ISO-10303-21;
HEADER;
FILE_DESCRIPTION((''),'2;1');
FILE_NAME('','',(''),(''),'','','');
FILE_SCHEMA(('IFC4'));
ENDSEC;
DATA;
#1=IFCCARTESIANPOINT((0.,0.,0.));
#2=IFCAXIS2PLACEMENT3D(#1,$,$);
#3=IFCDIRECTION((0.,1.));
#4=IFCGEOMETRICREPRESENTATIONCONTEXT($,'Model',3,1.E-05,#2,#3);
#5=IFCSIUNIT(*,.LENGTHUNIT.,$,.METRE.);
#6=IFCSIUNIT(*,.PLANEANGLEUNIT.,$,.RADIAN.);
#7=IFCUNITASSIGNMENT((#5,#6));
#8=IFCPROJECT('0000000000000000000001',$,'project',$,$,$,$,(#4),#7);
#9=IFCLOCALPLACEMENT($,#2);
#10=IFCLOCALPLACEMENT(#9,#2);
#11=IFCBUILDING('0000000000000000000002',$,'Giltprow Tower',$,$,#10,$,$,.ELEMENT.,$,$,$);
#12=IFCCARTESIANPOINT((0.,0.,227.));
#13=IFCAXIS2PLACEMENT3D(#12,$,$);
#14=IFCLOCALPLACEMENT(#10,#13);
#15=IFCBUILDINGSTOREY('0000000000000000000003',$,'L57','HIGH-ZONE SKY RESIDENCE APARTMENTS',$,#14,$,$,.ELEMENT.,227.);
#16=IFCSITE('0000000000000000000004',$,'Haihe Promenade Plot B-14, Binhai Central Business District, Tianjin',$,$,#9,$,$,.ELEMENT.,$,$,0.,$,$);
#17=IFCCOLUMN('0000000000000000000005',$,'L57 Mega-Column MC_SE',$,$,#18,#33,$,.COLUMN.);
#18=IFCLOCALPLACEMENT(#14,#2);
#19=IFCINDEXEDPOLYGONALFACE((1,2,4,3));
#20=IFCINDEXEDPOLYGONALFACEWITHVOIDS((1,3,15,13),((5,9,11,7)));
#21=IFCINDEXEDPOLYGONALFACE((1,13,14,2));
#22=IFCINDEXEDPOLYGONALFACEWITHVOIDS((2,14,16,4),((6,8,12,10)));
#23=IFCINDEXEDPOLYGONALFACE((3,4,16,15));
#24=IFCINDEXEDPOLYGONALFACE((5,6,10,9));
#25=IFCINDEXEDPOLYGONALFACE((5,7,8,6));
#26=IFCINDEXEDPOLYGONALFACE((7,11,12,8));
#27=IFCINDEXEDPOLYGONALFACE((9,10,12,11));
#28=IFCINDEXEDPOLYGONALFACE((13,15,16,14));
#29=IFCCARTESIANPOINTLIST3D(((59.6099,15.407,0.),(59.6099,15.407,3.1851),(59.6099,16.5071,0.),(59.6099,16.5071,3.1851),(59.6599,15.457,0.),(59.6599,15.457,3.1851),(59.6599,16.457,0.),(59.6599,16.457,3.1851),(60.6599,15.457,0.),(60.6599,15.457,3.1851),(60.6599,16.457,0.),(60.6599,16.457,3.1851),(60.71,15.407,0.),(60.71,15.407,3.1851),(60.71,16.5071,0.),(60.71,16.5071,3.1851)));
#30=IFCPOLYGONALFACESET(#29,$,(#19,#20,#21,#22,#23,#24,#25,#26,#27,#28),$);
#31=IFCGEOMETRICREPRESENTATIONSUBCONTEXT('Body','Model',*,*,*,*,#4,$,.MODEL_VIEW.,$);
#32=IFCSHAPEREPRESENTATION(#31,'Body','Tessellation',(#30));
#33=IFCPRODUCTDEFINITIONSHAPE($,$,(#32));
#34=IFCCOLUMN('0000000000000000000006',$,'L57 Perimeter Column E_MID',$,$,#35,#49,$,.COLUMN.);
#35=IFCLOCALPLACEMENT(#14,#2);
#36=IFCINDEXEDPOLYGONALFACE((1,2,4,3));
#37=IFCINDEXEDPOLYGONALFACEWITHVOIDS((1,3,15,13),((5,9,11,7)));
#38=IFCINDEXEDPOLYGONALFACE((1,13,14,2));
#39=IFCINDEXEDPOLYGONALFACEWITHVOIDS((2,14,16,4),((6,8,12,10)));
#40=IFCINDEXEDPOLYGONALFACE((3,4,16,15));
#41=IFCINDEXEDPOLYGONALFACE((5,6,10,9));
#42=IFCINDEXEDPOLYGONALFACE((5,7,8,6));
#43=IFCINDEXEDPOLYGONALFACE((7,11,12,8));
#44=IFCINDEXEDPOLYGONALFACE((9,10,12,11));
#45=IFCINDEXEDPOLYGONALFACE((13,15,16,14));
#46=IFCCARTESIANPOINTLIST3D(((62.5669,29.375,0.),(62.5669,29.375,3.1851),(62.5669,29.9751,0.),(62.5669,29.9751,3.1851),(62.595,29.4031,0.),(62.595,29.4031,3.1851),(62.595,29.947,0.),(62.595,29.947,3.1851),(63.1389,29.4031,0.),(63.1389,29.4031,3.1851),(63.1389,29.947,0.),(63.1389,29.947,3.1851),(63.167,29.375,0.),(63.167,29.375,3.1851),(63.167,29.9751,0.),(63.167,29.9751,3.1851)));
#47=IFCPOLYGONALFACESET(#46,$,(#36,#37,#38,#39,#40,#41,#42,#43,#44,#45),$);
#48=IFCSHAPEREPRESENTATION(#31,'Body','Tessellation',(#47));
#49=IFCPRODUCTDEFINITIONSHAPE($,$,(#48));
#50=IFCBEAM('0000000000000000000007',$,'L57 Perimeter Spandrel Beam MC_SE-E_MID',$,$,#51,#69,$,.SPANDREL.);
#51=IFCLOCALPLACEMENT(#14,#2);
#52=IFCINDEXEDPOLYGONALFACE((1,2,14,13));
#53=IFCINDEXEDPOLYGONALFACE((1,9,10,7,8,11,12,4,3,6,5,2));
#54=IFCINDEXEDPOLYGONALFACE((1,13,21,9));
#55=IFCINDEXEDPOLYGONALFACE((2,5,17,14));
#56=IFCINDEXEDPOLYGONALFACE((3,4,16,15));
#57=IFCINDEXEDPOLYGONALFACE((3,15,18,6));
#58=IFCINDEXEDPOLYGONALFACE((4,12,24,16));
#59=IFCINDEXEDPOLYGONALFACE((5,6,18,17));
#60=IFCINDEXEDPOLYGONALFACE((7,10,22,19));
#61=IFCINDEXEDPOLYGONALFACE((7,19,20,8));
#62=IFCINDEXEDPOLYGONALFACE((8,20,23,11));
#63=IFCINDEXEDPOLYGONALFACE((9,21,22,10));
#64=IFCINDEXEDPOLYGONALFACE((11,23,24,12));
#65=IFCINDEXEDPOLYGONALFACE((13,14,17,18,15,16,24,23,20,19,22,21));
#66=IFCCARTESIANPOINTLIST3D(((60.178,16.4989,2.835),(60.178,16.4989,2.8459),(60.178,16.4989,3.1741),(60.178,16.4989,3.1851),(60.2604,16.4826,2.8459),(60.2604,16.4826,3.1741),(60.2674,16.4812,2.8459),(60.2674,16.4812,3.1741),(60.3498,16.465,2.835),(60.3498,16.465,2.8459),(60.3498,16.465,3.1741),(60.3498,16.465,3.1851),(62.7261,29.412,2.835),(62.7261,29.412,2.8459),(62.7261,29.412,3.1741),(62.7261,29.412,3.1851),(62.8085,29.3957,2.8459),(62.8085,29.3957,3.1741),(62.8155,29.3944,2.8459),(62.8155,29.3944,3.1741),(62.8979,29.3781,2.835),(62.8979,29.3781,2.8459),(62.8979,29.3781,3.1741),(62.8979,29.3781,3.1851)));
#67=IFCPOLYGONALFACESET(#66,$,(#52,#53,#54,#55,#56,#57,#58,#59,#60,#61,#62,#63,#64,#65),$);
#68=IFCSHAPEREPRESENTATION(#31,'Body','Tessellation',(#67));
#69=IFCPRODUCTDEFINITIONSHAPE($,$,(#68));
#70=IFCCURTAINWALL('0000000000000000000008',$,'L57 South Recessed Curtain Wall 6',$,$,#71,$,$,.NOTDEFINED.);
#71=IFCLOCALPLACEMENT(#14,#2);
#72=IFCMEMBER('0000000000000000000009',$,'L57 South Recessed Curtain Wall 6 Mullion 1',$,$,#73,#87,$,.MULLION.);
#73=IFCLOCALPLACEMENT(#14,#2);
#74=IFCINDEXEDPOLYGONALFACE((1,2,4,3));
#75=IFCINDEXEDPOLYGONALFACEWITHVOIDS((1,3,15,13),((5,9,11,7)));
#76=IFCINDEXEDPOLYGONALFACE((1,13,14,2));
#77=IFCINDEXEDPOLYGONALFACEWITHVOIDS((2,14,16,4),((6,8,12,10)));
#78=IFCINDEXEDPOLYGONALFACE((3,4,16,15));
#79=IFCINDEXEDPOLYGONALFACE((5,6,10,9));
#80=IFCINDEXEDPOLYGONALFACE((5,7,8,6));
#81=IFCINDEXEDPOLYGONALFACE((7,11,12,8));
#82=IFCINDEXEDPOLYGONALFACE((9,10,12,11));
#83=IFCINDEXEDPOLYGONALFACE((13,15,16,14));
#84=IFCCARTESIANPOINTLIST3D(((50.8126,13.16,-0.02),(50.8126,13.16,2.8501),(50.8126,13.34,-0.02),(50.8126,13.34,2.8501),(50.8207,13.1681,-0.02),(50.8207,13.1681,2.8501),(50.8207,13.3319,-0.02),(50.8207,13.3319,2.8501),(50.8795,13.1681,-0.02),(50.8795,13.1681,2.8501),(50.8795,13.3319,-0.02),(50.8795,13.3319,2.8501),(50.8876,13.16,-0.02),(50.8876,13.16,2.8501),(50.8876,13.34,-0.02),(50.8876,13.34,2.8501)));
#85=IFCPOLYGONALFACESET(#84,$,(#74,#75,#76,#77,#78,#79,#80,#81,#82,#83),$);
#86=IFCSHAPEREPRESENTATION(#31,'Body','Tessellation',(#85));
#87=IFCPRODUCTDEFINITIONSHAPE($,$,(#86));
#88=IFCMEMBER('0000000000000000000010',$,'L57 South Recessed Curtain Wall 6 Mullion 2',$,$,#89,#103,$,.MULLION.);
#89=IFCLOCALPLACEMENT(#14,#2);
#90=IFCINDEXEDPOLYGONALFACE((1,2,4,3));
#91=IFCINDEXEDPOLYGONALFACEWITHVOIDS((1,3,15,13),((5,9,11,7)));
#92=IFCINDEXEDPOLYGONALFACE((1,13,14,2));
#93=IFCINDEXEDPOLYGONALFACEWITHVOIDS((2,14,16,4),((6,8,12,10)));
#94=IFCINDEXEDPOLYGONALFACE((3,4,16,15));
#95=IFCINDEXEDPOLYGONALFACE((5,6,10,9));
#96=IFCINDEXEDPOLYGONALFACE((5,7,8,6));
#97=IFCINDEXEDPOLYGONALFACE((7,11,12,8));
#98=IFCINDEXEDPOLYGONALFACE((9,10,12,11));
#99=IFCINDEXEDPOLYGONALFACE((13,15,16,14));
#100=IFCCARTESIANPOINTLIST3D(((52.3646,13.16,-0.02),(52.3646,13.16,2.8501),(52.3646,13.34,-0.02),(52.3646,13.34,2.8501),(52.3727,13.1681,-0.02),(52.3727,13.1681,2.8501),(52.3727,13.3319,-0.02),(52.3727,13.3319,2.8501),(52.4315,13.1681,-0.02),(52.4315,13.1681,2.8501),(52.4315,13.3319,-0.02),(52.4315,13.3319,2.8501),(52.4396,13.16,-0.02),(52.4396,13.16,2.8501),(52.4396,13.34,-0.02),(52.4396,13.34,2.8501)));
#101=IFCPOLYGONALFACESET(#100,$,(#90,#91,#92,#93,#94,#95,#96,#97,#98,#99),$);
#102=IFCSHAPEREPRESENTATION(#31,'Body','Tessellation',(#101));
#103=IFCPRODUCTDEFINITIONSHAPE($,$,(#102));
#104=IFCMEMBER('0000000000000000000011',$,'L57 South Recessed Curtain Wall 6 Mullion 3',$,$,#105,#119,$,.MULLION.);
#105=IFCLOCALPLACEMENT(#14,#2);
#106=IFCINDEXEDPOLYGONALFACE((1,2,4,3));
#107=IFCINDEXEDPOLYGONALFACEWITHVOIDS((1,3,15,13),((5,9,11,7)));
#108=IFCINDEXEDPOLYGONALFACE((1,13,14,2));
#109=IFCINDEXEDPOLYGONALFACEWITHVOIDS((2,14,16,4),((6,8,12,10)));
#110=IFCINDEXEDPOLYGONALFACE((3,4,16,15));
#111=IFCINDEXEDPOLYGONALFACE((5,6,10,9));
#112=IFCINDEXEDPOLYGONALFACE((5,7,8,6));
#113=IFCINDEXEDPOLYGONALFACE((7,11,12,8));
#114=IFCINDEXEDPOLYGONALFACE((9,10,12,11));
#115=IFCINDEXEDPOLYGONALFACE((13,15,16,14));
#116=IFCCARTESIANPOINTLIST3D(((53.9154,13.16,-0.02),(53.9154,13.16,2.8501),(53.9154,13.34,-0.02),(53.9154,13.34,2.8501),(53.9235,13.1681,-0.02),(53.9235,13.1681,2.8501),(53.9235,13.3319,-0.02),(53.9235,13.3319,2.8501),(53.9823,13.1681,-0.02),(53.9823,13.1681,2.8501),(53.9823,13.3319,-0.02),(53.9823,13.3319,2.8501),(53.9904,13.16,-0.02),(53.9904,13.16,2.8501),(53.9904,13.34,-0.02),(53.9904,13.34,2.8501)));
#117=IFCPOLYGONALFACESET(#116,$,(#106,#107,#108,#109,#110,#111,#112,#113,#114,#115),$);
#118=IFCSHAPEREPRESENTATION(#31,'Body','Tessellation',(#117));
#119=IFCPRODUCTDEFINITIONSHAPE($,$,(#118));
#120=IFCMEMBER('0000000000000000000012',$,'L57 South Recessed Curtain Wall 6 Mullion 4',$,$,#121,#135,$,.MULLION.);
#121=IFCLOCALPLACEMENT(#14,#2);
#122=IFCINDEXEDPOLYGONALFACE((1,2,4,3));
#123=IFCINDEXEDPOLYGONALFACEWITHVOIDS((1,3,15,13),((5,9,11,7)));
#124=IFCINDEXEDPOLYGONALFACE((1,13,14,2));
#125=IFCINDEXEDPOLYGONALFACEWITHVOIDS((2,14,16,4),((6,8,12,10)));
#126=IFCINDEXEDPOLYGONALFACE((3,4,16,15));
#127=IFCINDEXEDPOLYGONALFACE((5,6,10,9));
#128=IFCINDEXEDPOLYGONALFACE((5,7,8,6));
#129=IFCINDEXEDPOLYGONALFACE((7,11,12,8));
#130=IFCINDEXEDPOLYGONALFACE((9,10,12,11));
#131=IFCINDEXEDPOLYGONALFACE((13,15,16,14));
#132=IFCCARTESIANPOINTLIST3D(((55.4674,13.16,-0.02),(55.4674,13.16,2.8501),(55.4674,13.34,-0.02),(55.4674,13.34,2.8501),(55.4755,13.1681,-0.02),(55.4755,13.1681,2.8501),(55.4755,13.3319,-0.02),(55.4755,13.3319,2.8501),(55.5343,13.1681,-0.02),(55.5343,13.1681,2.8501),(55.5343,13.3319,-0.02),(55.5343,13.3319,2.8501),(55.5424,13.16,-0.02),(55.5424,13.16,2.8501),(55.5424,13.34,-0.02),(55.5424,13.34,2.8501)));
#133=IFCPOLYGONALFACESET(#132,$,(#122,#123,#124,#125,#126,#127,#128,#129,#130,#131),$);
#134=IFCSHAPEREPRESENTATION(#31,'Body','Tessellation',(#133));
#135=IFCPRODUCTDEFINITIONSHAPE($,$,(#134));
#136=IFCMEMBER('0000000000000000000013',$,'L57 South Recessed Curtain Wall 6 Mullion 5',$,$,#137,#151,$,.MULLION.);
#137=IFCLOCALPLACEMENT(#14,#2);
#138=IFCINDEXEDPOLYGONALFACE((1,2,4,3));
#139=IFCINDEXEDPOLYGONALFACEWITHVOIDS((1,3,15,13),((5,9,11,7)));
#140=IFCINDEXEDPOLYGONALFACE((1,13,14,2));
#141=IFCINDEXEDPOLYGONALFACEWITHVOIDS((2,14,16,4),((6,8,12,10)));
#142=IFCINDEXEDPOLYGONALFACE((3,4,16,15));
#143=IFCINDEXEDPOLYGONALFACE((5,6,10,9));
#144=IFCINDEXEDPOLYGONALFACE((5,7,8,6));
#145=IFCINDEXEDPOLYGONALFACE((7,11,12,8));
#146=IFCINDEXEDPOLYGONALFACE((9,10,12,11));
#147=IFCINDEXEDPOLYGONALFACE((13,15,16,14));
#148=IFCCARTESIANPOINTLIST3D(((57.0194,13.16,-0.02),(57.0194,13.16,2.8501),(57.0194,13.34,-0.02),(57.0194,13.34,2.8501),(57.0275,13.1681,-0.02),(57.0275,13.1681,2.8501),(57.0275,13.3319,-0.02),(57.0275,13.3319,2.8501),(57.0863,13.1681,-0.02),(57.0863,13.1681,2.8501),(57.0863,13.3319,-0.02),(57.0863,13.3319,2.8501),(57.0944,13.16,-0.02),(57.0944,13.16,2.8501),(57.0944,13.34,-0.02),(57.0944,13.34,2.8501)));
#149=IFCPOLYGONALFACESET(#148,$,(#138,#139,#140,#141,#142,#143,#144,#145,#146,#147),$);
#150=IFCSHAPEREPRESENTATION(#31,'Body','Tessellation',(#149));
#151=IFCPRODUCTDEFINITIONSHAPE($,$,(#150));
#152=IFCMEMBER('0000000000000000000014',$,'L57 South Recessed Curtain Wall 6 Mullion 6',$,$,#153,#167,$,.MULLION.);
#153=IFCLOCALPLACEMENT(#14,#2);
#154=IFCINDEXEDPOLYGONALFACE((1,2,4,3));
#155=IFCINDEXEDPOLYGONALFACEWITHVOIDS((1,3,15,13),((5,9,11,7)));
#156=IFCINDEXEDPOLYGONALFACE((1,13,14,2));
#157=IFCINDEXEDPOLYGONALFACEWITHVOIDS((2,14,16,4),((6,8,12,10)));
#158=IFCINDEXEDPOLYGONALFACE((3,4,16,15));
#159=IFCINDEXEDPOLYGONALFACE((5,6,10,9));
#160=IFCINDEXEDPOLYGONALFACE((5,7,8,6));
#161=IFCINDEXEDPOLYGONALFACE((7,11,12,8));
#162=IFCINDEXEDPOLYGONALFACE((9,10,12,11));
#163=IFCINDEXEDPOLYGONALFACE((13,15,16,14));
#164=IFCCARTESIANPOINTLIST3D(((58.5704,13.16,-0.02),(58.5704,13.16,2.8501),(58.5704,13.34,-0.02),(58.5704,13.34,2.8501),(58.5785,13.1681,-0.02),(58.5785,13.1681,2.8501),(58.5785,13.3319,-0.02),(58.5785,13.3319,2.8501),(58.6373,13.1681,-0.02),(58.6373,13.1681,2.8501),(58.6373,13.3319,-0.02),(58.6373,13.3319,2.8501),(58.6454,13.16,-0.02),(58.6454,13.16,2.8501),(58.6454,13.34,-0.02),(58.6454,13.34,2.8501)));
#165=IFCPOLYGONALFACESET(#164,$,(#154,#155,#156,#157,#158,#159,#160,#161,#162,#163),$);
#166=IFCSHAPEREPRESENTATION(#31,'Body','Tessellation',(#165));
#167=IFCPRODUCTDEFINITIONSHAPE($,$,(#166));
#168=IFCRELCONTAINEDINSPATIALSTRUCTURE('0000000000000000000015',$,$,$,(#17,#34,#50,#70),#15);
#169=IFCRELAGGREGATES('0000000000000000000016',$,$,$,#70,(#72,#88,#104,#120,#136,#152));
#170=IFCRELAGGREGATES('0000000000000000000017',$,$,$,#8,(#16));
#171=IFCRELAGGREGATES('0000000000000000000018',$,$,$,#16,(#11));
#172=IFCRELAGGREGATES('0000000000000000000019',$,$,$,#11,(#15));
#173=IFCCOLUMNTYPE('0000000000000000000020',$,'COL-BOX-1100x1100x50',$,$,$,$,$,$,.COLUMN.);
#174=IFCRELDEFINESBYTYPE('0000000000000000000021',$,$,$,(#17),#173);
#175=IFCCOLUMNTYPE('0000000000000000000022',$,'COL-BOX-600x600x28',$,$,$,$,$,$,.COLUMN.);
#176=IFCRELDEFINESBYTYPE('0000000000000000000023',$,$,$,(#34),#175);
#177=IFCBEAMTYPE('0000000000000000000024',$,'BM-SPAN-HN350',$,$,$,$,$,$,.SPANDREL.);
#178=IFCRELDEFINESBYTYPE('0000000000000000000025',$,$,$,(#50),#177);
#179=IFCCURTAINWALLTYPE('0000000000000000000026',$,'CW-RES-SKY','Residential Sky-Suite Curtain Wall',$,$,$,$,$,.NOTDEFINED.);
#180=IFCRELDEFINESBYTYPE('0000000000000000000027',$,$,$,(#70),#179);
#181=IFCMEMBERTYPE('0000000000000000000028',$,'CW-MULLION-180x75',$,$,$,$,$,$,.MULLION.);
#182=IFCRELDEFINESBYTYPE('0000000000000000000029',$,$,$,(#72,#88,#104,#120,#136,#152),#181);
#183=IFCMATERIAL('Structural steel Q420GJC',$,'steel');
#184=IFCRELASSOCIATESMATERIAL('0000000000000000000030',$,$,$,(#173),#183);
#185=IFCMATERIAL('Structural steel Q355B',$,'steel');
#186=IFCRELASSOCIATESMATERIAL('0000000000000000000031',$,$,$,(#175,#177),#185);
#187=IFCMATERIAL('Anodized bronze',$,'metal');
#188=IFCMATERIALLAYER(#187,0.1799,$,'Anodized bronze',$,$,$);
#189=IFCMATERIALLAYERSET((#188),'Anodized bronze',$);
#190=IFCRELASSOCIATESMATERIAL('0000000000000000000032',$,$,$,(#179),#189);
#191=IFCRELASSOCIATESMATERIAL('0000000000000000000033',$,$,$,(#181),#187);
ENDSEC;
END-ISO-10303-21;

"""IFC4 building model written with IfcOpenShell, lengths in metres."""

from ifc_helpers import new_model, si_unit, direction, frame, origin, origin_2d, place, context, subcontext, project, spatial, hollow_rectangle, i_section, extrude, source, transform, mapped, material, layer, layer_set, material_profile, profile_set, type_object, element, aggregate, save


model = new_model("IFC4")

# Units and contexts
model_context = context("Model", 3, precision=1e-05, world=origin(), true_north=direction((0.0, 1.0)))
body_context = subcontext(model_context, "Body", "Model", "MODEL_VIEW")
ifc_project = project(units=[si_unit("LENGTHUNIT", "METRE"), si_unit("PLANEANGLEUNIT", "RADIAN")], contexts=[model_context])

# Site, building, storey
site_placement = place(None, origin())
site = spatial("IfcSite", under=ifc_project, at=site_placement, Name="Haihe Promenade Plot B-14, Binhai Central Business District, Tianjin", CompositionType="ELEMENT", RefElevation=0.0)
building_placement = place(site_placement, origin())
building = spatial("IfcBuilding", under=site, at=building_placement, Name="Giltprow Tower", CompositionType="ELEMENT")
storey_placement = place(building_placement, frame((0.0, 0.0, 227.0)))
storey = spatial("IfcBuildingStorey", under=building, at=storey_placement, Name="L57", Description="HIGH-ZONE SKY RESIDENCE APARTMENTS", CompositionType="ELEMENT", Elevation=227.0)

# Columns
ifc_material_1 = material(Name="Structural steel Q420GJC", Category="steel")
ifc_material_profile_1 = material_profile(ifc_material_1, hollow_rectangle(XDim=1.1001, YDim=1.1001, WallThickness=0.05, at=origin_2d()), Name="BOX 1100x1100x50")
ifc_profile_set_1 = profile_set([ifc_material_profile_1], Name="Structural steel Q420GJC")
column_type_1 = type_object("IfcColumnType", Name="COL-BOX-1100x1100x50", PredefinedType="COLUMN", material=ifc_profile_set_1)
shared_shape_1 = source(origin(), body_context, "Body", "SweptSolid", [
    extrude(hollow_rectangle(XDim=1.1001, YDim=1.1001, WallThickness=0.05, at=origin_2d()), origin(), (0.0, 0.0, 1.0), 3.1851),
])
column_1_placement = place(storey_placement, frame((60.1599, 15.957, 0.0), z_axis=(0.0, 0.0, 1.0), x_axis=(1.0, 0.0, 0.0)))
element("IfcColumn", 1, at=column_1_placement, inside=storey, type_object=column_type_1, Name="L57 Mega-Column MC_SE", PredefinedType="COLUMN", context=body_context, shape_type="MappedRepresentation", body=[
    mapped(shared_shape_1, transform((0.0, 0.0, 0.0), x_axis=(1.0, 0.0, 0.0), y_axis=(0.0, 1.0, 0.0), z_axis=(0.0, 0.0, 1.0), scale=1.0)),
])
ifc_material_2 = material(Name="Structural steel Q355B", Category="steel")
ifc_material_profile_2 = material_profile(ifc_material_2, hollow_rectangle(XDim=0.6001, YDim=0.6001, WallThickness=0.0281, at=origin_2d()), Name="BOX 600x600x28")
ifc_profile_set_2 = profile_set([ifc_material_profile_2], Name="Structural steel Q355B")
column_type_2 = type_object("IfcColumnType", Name="COL-BOX-600x600x28", PredefinedType="COLUMN", material=ifc_profile_set_2)
shared_shape_2 = source(origin(), body_context, "Body", "SweptSolid", [
    extrude(hollow_rectangle(XDim=0.6001, YDim=0.6001, WallThickness=0.0281, at=origin_2d()), origin(), (0.0, 0.0, 1.0), 3.1851),
])
column_2_placement = place(storey_placement, frame((62.8669, 29.675, 0.0), z_axis=(0.0, 0.0, 1.0), x_axis=(1.0, 0.0, 0.0)))
element("IfcColumn", 2, at=column_2_placement, inside=storey, type_object=column_type_2, Name="L57 Perimeter Column E_MID", PredefinedType="COLUMN", context=body_context, shape_type="MappedRepresentation", body=[
    mapped(shared_shape_2, transform((0.0, 0.0, 0.0), x_axis=(1.0, 0.0, 0.0), y_axis=(0.0, 1.0, 0.0), z_axis=(0.0, 0.0, 1.0), scale=1.0)),
])

# Beam
ifc_material_profile_3 = material_profile(ifc_material_2, i_section(OverallWidth=0.175, OverallDepth=0.3501, WebThickness=0.0071, FlangeThickness=0.011, at=origin_2d()), Name="HN 350x175x7x11")
ifc_profile_set_3 = profile_set([ifc_material_profile_3], Name="Structural steel Q355B")
beam_type = type_object("IfcBeamType", Name="BM-SPAN-HN350", PredefinedType="SPANDREL", material=ifc_profile_set_3)
shared_shape_3 = source(origin(), body_context, "Body", "SweptSolid", [
    extrude(i_section(OverallWidth=0.175, OverallDepth=0.3501, WebThickness=0.0071, FlangeThickness=0.011, at=origin_2d()), origin(), (0.0, 0.0, 1.0), 13.1621),
])
beam_placement = place(storey_placement, frame((60.2639, 16.4819, 3.01), z_axis=(0.193594, 0.981082, 0.0), x_axis=(-0.981082, 0.193594, 0.0)))
element("IfcBeam", 3, at=beam_placement, inside=storey, type_object=beam_type, Name="L57 Perimeter Spandrel Beam MC_SE-E_MID", PredefinedType="SPANDREL", context=body_context, shape_type="MappedRepresentation", body=[
    mapped(shared_shape_3, transform((0.0, 0.0, 0.0), x_axis=(1.0, 0.0, 0.0), y_axis=(0.0, 1.0, 0.0), z_axis=(0.0, 0.0, 1.0), scale=1.0)),
])

# Curtain wall, members
ifc_material_3 = material(Name="Anodized bronze", Category="metal")
ifc_layer_1 = layer(ifc_material_3, 0.1799, Name="Anodized bronze")
ifc_layer_set_1 = layer_set([ifc_layer_1], Name="Anodized bronze")
curtain_wall_type = type_object("IfcCurtainWallType", Name="CW-RES-SKY", Description="Residential Sky-Suite Curtain Wall", PredefinedType="NOTDEFINED", material=ifc_layer_set_1)
curtain_wall_placement = place(storey_placement, origin())
curtain_wall = element("IfcCurtainWall", 4, at=curtain_wall_placement, inside=storey, type_object=curtain_wall_type, Name="L57 South Recessed Curtain Wall 6", PredefinedType="NOTDEFINED")
ifc_material_profile_4 = material_profile(ifc_material_3, hollow_rectangle(XDim=0.075, YDim=0.1799, WallThickness=0.0081, at=origin_2d()), Name="RHS 180x75x8")
ifc_profile_set_4 = profile_set([ifc_material_profile_4], Name="Anodized bronze")
member_type_1 = type_object("IfcMemberType", Name="CW-MULLION-180x75", PredefinedType="MULLION", material=ifc_profile_set_4)
shared_shape_4 = source(origin(), body_context, "Body", "SweptSolid", [
    extrude(hollow_rectangle(XDim=0.075, YDim=0.1799, WallThickness=0.0081, at=origin_2d()), origin(), (0.0, 0.0, 1.0), 2.8701),
])
member_1_placement = place(storey_placement, frame((50.8501, 13.25, -0.02), z_axis=(0.0, 0.0, 1.0), x_axis=(1.0, 0.0, 0.0)))
member_1 = element("IfcMember", 5, at=member_1_placement, type_object=member_type_1, Name="L57 South Recessed Curtain Wall 6 Mullion 1", PredefinedType="MULLION", context=body_context, shape_type="MappedRepresentation", body=[
    mapped(shared_shape_4, transform((0.0, 0.0, 0.0), x_axis=(1.0, 0.0, 0.0), y_axis=(0.0, 1.0, 0.0), z_axis=(0.0, 0.0, 1.0), scale=1.0)),
])
member_2_placement = place(storey_placement, frame((52.4021, 13.25, -0.02), z_axis=(0.0, 0.0, 1.0), x_axis=(1.0, 0.0, 0.0)))
member_2 = element("IfcMember", 6, at=member_2_placement, type_object=member_type_1, Name="L57 South Recessed Curtain Wall 6 Mullion 2", PredefinedType="MULLION", context=body_context, shape_type="MappedRepresentation", body=[
    mapped(shared_shape_4, transform((0.0, 0.0, 0.0), x_axis=(1.0, 0.0, 0.0), y_axis=(0.0, 1.0, 0.0), z_axis=(0.0, 0.0, 1.0), scale=1.0)),
])
member_3_placement = place(storey_placement, frame((53.9529, 13.25, -0.02), z_axis=(0.0, 0.0, 1.0), x_axis=(1.0, 0.0, 0.0)))
member_3 = element("IfcMember", 7, at=member_3_placement, type_object=member_type_1, Name="L57 South Recessed Curtain Wall 6 Mullion 3", PredefinedType="MULLION", context=body_context, shape_type="MappedRepresentation", body=[
    mapped(shared_shape_4, transform((0.0, 0.0, 0.0), x_axis=(1.0, 0.0, 0.0), y_axis=(0.0, 1.0, 0.0), z_axis=(0.0, 0.0, 1.0), scale=1.0)),
])
member_4_placement = place(storey_placement, frame((55.5049, 13.25, -0.02), z_axis=(0.0, 0.0, 1.0), x_axis=(1.0, 0.0, 0.0)))
member_4 = element("IfcMember", 8, at=member_4_placement, type_object=member_type_1, Name="L57 South Recessed Curtain Wall 6 Mullion 4", PredefinedType="MULLION", context=body_context, shape_type="MappedRepresentation", body=[
    mapped(shared_shape_4, transform((0.0, 0.0, 0.0), x_axis=(1.0, 0.0, 0.0), y_axis=(0.0, 1.0, 0.0), z_axis=(0.0, 0.0, 1.0), scale=1.0)),
])
member_5_placement = place(storey_placement, frame((57.0569, 13.25, -0.02), z_axis=(0.0, 0.0, 1.0), x_axis=(1.0, 0.0, 0.0)))
member_5 = element("IfcMember", 9, at=member_5_placement, type_object=member_type_1, Name="L57 South Recessed Curtain Wall 6 Mullion 5", PredefinedType="MULLION", context=body_context, shape_type="MappedRepresentation", body=[
    mapped(shared_shape_4, transform((0.0, 0.0, 0.0), x_axis=(1.0, 0.0, 0.0), y_axis=(0.0, 1.0, 0.0), z_axis=(0.0, 0.0, 1.0), scale=1.0)),
])
member_6_placement = place(storey_placement, frame((58.6079, 13.25, -0.02), z_axis=(0.0, 0.0, 1.0), x_axis=(1.0, 0.0, 0.0)))
member_6 = element("IfcMember", 10, at=member_6_placement, type_object=member_type_1, Name="L57 South Recessed Curtain Wall 6 Mullion 6", PredefinedType="MULLION", context=body_context, shape_type="MappedRepresentation", body=[
    mapped(shared_shape_4, transform((0.0, 0.0, 0.0), x_axis=(1.0, 0.0, 0.0), y_axis=(0.0, 1.0, 0.0), z_axis=(0.0, 0.0, 1.0), scale=1.0)),
])
aggregate(curtain_wall, [member_1, member_2, member_3, member_4, member_5, member_6])

save(model, "model.ifc")
